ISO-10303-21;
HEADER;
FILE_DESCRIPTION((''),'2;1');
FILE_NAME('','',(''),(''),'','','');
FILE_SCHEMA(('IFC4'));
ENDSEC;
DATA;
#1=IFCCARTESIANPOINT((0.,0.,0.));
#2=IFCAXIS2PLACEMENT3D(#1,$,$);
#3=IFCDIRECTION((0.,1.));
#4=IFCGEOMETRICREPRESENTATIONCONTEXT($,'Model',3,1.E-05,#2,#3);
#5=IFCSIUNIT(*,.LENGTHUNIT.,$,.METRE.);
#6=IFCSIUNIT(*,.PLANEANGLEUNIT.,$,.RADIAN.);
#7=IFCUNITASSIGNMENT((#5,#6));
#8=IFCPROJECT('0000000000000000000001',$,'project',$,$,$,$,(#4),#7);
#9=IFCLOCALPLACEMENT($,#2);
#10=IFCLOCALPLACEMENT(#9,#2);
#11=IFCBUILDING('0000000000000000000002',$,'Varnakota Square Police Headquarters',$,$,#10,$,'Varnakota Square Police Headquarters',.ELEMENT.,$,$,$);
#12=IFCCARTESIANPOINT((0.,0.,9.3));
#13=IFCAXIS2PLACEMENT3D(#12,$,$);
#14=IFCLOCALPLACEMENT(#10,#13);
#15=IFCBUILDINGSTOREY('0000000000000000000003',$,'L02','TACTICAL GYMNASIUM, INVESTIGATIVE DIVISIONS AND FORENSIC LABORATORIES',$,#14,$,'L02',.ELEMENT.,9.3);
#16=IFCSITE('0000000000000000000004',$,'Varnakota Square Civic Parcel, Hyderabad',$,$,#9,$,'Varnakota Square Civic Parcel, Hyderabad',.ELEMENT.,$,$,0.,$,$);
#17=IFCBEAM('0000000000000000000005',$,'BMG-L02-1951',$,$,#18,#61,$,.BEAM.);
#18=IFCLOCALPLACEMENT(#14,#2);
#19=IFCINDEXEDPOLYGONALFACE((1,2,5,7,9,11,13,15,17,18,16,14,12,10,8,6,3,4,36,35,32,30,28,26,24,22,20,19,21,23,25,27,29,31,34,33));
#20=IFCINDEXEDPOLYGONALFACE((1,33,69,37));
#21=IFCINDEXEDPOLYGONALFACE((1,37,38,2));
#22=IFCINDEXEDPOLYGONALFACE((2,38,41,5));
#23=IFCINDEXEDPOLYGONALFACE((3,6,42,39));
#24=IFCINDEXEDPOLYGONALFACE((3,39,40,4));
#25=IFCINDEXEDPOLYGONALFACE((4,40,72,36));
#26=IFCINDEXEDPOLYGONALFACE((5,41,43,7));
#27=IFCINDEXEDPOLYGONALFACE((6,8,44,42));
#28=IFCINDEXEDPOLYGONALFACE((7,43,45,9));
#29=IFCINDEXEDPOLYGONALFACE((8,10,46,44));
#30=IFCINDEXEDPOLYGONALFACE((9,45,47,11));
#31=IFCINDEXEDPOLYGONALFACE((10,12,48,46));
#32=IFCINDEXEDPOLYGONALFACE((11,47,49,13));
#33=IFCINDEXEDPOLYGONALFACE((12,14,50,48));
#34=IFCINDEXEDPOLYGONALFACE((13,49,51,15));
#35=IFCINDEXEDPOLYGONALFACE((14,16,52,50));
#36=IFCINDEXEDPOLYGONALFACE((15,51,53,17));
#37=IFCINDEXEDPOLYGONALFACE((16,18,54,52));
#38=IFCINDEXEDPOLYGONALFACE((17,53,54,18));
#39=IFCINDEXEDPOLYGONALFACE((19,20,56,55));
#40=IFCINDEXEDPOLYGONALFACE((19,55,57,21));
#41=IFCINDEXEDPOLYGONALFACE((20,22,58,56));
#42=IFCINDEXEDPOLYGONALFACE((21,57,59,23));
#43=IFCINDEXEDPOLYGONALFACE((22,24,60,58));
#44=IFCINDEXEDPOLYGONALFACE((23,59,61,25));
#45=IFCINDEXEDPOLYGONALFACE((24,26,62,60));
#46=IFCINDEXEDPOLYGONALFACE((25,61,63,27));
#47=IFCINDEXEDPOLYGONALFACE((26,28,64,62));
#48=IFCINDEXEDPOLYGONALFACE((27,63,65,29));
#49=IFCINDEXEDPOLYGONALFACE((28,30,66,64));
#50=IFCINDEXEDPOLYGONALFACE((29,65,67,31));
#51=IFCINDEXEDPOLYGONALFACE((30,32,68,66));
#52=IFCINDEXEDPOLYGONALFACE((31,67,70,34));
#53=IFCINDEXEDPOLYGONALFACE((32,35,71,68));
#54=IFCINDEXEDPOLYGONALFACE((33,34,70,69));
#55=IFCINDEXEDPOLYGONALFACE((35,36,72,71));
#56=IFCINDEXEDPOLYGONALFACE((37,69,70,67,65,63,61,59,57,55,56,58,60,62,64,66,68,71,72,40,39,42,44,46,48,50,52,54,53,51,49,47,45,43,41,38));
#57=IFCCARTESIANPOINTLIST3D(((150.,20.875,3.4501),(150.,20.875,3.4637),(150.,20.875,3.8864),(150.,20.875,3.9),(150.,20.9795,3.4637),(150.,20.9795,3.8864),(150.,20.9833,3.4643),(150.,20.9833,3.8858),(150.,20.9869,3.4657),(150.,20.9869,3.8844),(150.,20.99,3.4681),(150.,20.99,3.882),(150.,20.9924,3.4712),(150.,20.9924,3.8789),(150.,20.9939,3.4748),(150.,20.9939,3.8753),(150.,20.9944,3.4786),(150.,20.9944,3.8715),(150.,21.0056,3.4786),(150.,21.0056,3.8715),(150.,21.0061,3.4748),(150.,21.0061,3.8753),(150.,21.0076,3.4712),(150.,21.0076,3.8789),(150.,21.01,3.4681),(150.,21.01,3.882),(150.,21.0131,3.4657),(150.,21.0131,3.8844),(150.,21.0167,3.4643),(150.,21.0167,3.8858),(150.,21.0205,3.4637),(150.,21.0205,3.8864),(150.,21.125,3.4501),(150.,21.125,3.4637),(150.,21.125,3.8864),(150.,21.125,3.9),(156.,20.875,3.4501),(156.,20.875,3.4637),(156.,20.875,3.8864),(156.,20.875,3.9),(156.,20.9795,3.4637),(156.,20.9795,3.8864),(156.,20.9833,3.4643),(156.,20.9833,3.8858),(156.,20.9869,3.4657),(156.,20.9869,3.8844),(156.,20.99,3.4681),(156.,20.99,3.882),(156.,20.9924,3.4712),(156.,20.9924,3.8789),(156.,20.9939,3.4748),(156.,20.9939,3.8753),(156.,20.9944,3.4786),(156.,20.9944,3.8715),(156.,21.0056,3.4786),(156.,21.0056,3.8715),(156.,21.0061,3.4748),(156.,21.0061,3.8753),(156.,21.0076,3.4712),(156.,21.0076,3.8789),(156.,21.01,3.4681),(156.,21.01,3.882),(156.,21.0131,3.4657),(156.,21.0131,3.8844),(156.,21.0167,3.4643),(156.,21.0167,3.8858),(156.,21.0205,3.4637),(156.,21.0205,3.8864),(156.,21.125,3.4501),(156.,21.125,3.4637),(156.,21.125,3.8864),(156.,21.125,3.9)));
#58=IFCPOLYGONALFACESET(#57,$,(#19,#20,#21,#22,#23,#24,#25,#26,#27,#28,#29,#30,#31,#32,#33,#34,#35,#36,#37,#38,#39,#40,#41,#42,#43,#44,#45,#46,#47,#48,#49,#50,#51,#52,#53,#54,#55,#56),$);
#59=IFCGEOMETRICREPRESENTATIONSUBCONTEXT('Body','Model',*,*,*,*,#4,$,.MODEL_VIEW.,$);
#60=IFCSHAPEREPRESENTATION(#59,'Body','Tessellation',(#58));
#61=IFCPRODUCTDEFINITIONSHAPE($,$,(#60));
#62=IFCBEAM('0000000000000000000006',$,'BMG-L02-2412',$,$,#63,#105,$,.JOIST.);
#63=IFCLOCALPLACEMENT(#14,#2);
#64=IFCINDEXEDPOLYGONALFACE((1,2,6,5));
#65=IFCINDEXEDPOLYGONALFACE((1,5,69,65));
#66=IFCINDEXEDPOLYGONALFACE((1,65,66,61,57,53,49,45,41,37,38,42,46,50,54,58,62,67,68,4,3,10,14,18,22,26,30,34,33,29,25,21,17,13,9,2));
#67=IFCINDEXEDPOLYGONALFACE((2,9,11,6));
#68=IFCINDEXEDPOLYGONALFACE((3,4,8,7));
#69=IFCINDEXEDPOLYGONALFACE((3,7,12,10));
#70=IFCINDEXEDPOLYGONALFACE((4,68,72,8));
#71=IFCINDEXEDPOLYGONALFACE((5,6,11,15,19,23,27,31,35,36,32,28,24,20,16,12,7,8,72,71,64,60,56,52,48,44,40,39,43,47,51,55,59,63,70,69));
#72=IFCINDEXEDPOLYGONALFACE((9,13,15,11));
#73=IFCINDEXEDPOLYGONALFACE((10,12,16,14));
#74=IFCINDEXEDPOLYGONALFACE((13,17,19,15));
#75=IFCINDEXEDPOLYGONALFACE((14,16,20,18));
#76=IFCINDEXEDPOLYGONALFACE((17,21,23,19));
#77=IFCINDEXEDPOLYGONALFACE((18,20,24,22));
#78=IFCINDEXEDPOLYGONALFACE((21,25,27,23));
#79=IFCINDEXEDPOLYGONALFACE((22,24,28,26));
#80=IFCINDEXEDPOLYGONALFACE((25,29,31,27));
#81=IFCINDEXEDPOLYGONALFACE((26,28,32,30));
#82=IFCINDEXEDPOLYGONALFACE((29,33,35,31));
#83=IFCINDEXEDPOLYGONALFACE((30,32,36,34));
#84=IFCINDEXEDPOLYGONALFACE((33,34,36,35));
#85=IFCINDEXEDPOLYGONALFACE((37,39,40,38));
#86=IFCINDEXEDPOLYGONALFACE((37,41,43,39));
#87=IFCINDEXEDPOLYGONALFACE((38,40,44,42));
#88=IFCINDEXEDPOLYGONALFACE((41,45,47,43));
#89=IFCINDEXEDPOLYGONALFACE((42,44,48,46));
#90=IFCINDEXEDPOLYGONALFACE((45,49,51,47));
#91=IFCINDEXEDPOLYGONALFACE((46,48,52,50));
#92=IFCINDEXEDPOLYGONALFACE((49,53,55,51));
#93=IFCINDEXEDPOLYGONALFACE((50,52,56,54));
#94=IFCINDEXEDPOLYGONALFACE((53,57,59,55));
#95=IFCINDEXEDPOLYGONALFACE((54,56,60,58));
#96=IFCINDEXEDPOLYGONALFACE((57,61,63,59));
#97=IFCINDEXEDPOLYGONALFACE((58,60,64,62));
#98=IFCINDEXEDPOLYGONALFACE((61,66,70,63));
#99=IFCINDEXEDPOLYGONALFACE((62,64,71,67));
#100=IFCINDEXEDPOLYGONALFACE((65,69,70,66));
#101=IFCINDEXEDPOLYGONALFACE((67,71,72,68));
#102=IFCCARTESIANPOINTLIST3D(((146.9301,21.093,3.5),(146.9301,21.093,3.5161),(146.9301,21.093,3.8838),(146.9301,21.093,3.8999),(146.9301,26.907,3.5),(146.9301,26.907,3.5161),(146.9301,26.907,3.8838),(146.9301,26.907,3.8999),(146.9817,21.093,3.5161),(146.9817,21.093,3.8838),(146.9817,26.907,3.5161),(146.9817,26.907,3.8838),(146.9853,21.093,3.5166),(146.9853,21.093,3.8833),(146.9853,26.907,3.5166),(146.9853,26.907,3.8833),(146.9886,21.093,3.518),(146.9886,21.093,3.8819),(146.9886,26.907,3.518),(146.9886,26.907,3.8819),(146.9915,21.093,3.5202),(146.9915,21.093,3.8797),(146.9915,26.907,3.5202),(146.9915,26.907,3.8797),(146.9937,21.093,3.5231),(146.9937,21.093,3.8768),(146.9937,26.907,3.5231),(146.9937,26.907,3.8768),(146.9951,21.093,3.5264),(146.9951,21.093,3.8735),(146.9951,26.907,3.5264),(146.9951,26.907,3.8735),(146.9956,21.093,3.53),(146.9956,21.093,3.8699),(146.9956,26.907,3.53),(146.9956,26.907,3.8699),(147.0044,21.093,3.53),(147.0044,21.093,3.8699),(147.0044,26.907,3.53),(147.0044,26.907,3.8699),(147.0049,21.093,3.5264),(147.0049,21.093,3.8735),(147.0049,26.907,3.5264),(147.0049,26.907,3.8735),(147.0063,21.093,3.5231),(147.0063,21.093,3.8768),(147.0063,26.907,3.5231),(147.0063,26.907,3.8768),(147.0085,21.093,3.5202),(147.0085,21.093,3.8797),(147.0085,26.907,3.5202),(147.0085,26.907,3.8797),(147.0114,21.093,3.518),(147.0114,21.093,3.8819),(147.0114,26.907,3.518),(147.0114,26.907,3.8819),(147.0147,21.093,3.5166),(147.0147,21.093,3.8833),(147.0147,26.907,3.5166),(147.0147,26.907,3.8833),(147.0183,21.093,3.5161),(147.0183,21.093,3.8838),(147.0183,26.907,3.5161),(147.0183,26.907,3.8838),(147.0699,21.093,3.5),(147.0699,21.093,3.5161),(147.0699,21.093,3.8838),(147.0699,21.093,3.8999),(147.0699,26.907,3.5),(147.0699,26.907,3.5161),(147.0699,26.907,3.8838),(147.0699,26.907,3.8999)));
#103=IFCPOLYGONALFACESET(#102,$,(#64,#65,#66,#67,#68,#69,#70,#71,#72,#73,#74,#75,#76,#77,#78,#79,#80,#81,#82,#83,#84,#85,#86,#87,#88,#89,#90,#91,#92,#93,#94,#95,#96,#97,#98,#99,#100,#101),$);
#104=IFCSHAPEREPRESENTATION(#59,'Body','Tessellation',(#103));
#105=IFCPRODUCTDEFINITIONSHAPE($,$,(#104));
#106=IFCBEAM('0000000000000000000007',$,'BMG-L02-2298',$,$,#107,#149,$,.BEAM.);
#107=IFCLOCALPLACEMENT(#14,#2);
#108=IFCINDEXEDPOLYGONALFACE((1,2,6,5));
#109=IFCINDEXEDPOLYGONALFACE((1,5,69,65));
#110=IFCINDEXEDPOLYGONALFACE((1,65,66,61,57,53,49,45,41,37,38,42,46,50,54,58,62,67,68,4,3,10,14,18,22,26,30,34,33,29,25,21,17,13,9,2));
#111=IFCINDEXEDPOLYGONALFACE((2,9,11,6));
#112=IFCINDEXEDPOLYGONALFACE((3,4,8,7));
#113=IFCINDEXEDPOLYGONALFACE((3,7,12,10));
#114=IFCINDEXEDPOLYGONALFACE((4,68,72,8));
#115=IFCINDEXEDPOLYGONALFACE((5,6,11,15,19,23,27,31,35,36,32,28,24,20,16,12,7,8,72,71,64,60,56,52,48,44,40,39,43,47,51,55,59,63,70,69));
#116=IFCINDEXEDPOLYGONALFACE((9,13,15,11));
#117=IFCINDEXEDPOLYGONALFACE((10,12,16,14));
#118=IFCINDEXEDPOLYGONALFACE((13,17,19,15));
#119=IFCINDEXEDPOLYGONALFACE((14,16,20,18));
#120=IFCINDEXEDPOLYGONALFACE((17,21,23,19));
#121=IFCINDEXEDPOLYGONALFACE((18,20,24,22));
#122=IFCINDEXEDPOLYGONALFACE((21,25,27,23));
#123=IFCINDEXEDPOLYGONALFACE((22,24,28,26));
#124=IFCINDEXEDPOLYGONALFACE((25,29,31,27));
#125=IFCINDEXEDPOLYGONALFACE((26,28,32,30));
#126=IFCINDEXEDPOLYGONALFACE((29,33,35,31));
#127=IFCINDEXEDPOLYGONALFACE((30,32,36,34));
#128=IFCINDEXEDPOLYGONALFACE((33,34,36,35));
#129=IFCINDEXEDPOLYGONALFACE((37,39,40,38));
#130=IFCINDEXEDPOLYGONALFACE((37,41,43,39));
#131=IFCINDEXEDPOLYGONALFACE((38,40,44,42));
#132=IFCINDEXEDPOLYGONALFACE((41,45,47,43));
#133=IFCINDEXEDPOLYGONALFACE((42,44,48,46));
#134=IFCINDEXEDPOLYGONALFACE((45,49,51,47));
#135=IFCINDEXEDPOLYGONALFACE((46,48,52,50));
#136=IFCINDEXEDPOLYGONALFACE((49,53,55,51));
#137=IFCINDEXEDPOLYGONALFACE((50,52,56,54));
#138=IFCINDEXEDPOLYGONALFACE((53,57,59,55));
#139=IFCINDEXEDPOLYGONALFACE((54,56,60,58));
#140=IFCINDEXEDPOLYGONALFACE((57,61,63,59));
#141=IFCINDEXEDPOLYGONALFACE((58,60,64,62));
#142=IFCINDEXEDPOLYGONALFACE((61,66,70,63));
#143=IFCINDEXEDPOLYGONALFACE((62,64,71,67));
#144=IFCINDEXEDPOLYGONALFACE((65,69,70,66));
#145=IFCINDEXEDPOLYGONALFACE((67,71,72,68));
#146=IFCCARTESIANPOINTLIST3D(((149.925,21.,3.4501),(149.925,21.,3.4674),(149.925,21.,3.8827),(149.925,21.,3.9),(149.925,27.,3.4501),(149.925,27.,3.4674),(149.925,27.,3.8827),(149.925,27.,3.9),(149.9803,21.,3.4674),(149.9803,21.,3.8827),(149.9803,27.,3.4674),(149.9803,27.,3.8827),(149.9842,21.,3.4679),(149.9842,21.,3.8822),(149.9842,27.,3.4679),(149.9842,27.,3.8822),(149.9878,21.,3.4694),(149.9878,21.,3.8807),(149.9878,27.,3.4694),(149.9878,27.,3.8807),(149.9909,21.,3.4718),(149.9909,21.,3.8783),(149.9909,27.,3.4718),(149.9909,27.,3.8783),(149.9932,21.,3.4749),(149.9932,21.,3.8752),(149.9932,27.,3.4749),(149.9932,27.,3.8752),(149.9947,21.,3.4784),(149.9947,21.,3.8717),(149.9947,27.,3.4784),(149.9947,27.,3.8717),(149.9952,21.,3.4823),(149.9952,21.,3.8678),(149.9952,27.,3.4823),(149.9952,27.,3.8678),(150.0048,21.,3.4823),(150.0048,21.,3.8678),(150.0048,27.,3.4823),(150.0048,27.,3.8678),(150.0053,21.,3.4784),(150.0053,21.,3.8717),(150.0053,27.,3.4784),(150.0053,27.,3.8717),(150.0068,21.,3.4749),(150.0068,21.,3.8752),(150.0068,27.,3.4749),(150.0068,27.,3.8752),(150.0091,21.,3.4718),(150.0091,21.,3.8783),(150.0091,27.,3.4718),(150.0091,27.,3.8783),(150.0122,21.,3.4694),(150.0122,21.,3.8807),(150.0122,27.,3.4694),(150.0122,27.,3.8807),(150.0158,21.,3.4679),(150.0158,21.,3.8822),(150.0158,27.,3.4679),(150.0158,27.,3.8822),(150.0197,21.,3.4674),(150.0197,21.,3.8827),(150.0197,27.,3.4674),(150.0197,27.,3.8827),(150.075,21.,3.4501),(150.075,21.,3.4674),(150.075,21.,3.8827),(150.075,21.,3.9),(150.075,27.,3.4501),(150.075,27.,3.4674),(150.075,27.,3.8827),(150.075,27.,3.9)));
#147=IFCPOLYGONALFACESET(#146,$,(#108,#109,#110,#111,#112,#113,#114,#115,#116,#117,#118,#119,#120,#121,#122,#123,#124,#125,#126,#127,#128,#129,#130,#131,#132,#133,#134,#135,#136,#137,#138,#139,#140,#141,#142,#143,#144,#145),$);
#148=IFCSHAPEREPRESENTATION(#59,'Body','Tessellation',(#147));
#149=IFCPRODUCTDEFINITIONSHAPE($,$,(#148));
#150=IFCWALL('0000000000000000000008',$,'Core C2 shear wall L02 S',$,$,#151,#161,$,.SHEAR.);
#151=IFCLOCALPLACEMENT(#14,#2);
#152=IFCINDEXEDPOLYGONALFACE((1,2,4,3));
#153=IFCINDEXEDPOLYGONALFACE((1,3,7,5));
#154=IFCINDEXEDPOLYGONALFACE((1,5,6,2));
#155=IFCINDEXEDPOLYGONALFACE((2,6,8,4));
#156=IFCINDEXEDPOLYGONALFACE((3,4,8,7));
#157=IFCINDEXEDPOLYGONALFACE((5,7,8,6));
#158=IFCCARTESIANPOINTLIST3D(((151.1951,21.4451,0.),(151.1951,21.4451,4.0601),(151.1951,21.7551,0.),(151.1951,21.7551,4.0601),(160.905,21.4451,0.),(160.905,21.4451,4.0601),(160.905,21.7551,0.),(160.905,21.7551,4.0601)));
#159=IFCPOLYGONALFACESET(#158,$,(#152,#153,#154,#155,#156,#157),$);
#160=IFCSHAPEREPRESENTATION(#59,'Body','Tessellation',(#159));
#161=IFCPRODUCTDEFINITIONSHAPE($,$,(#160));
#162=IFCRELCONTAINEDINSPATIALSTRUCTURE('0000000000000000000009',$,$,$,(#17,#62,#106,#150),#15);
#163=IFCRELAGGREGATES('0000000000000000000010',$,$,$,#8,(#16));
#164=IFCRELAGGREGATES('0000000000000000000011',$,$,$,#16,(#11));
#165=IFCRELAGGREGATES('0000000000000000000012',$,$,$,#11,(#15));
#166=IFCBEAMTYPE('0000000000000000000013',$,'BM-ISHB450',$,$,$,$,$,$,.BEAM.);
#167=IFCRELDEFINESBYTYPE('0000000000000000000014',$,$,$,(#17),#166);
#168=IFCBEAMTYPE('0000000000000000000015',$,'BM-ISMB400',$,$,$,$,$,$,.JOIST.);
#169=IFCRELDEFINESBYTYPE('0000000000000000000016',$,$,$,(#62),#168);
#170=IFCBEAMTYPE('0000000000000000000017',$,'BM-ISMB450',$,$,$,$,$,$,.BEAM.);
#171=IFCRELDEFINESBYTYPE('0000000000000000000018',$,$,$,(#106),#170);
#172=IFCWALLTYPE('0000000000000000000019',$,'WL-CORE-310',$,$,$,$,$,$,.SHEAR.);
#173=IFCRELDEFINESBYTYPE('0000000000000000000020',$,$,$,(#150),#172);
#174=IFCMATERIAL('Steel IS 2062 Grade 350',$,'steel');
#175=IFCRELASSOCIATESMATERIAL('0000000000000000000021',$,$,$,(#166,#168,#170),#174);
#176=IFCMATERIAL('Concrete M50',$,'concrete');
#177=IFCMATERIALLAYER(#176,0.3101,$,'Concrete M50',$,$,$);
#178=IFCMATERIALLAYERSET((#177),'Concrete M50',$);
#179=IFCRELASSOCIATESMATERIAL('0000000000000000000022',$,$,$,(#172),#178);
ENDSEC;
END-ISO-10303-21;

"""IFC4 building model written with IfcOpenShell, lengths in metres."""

from ifc_helpers import new_model, si_unit, direction, frame, frame_2d, origin, origin_2d, place, context, subcontext, project, spatial, rectangle, i_section, extrude, material, layer, layer_set, material_profile, profile_set, type_object, element, save


model = new_model("IFC4")

# Units and contexts
model_context = context("Model", 3, precision=1e-05, world=origin(), true_north=direction((0.0, 1.0)))
body_context = subcontext(model_context, "Body", "Model", "MODEL_VIEW")
ifc_project = project(units=[si_unit("LENGTHUNIT", "METRE"), si_unit("PLANEANGLEUNIT", "RADIAN")], contexts=[model_context])

# Site, building, storey
site_placement = place(None, origin())
site = spatial("IfcSite", under=ifc_project, at=site_placement, Name="Varnakota Square Civic Parcel, Hyderabad", LongName="Varnakota Square Civic Parcel, Hyderabad", CompositionType="ELEMENT", RefElevation=0.0)
building_placement = place(site_placement, origin())
building = spatial("IfcBuilding", under=site, at=building_placement, Name="Varnakota Square Police Headquarters", LongName="Varnakota Square Police Headquarters", CompositionType="ELEMENT")
storey_placement = place(building_placement, frame((0.0, 0.0, 9.3)))
storey = spatial("IfcBuildingStorey", under=building, at=storey_placement, Name="L02", Description="TACTICAL GYMNASIUM, INVESTIGATIVE DIVISIONS AND FORENSIC LABORATORIES", LongName="L02", CompositionType="ELEMENT", Elevation=9.3)

# Shared definitions
ifc_material_1 = material(Name="Steel IS 2062 Grade 350", Category="steel")

# Beams
ifc_material_profile_1 = material_profile(ifc_material_1, i_section(OverallWidth=0.25, OverallDepth=0.45, WebThickness=0.0112, FlangeThickness=0.0137, FilletRadius=0.0149, at=origin_2d()), Name="ISHB 450")
ifc_profile_set_1 = profile_set([ifc_material_profile_1], Name="Steel IS 2062 Grade 350")
beam_type_1 = type_object("IfcBeamType", Name="BM-ISHB450", PredefinedType="BEAM", material=ifc_profile_set_1)
beam_1_placement = place(storey_placement, frame((150.0, 21.0, 3.675), z_axis=(1.0, 0.0, 0.0), x_axis=(0.0, 1.0, 0.0)))
element("IfcBeam", 1, at=beam_1_placement, inside=storey, type_object=beam_type_1, Name="BMG-L02-1951", PredefinedType="BEAM", context=body_context, shape_type="SweptSolid", body=[
    extrude(i_section(OverallWidth=0.25, OverallDepth=0.45, WebThickness=0.0112, FlangeThickness=0.0137, FilletRadius=0.0149, at=origin_2d()), origin(), (0.0, 0.0, 1.0), 6.0),
])
ifc_material_profile_2 = material_profile(ifc_material_1, i_section(OverallWidth=0.1399, OverallDepth=0.3999, WebThickness=0.0088, FlangeThickness=0.0161, FilletRadius=0.0139, at=origin_2d()), Name="ISMB 400")
ifc_profile_set_2 = profile_set([ifc_material_profile_2], Name="Steel IS 2062 Grade 350")
beam_type_2 = type_object("IfcBeamType", Name="BM-ISMB400", PredefinedType="JOIST", material=ifc_profile_set_2)
beam_2_placement = place(storey_placement, frame((147.0, 21.093, 3.7), z_axis=(0.0, 1.0, 0.0), x_axis=(-1.0, 0.0, 0.0)))
element("IfcBeam", 2, at=beam_2_placement, inside=storey, type_object=beam_type_2, Name="BMG-L02-2412", PredefinedType="JOIST", context=body_context, shape_type="SweptSolid", body=[
    extrude(i_section(OverallWidth=0.1399, OverallDepth=0.3999, WebThickness=0.0088, FlangeThickness=0.0161, FilletRadius=0.0139, at=origin_2d()), origin(), (0.0, 0.0, 1.0), 5.814),
])
ifc_material_profile_3 = material_profile(ifc_material_1, i_section(OverallWidth=0.1499, OverallDepth=0.45, WebThickness=0.0095, FlangeThickness=0.0173, FilletRadius=0.0149, at=origin_2d()), Name="ISMB 450")
ifc_profile_set_3 = profile_set([ifc_material_profile_3], Name="Steel IS 2062 Grade 350")
beam_type_3 = type_object("IfcBeamType", Name="BM-ISMB450", PredefinedType="BEAM", material=ifc_profile_set_3)
beam_3_placement = place(storey_placement, frame((150.0, 21.0, 3.675), z_axis=(0.0, 1.0, 0.0), x_axis=(-1.0, 0.0, 0.0)))
element("IfcBeam", 3, at=beam_3_placement, inside=storey, type_object=beam_type_3, Name="BMG-L02-2298", PredefinedType="BEAM", context=body_context, shape_type="SweptSolid", body=[
    extrude(i_section(OverallWidth=0.1499, OverallDepth=0.45, WebThickness=0.0095, FlangeThickness=0.0173, FilletRadius=0.0149, at=origin_2d()), origin(), (0.0, 0.0, 1.0), 6.0),
])

# Wall
ifc_material_2 = material(Name="Concrete M50", Category="concrete")
ifc_layer_1 = layer(ifc_material_2, 0.3101, Name="Concrete M50")
ifc_layer_set_1 = layer_set([ifc_layer_1], Name="Concrete M50")
wall_type_1 = type_object("IfcWallType", Name="WL-CORE-310", PredefinedType="SHEAR", material=ifc_layer_set_1)
wall_1_placement = place(storey_placement, frame((151.1951, 21.6001, 0.0), z_axis=(0.0, 0.0, 1.0), x_axis=(1.0, 0.0, 0.0)))
element("IfcWall", 4, at=wall_1_placement, inside=storey, type_object=wall_type_1, Name="Core C2 shear wall L02 S", PredefinedType="SHEAR", context=body_context, shape_type="SweptSolid", body=[
    extrude(rectangle(XDim=9.71, YDim=0.3101, at=frame_2d((4.855, 0.0))), origin(), (0.0, 0.0, 1.0), 4.0601),
])

save(model, "model.ifc")
